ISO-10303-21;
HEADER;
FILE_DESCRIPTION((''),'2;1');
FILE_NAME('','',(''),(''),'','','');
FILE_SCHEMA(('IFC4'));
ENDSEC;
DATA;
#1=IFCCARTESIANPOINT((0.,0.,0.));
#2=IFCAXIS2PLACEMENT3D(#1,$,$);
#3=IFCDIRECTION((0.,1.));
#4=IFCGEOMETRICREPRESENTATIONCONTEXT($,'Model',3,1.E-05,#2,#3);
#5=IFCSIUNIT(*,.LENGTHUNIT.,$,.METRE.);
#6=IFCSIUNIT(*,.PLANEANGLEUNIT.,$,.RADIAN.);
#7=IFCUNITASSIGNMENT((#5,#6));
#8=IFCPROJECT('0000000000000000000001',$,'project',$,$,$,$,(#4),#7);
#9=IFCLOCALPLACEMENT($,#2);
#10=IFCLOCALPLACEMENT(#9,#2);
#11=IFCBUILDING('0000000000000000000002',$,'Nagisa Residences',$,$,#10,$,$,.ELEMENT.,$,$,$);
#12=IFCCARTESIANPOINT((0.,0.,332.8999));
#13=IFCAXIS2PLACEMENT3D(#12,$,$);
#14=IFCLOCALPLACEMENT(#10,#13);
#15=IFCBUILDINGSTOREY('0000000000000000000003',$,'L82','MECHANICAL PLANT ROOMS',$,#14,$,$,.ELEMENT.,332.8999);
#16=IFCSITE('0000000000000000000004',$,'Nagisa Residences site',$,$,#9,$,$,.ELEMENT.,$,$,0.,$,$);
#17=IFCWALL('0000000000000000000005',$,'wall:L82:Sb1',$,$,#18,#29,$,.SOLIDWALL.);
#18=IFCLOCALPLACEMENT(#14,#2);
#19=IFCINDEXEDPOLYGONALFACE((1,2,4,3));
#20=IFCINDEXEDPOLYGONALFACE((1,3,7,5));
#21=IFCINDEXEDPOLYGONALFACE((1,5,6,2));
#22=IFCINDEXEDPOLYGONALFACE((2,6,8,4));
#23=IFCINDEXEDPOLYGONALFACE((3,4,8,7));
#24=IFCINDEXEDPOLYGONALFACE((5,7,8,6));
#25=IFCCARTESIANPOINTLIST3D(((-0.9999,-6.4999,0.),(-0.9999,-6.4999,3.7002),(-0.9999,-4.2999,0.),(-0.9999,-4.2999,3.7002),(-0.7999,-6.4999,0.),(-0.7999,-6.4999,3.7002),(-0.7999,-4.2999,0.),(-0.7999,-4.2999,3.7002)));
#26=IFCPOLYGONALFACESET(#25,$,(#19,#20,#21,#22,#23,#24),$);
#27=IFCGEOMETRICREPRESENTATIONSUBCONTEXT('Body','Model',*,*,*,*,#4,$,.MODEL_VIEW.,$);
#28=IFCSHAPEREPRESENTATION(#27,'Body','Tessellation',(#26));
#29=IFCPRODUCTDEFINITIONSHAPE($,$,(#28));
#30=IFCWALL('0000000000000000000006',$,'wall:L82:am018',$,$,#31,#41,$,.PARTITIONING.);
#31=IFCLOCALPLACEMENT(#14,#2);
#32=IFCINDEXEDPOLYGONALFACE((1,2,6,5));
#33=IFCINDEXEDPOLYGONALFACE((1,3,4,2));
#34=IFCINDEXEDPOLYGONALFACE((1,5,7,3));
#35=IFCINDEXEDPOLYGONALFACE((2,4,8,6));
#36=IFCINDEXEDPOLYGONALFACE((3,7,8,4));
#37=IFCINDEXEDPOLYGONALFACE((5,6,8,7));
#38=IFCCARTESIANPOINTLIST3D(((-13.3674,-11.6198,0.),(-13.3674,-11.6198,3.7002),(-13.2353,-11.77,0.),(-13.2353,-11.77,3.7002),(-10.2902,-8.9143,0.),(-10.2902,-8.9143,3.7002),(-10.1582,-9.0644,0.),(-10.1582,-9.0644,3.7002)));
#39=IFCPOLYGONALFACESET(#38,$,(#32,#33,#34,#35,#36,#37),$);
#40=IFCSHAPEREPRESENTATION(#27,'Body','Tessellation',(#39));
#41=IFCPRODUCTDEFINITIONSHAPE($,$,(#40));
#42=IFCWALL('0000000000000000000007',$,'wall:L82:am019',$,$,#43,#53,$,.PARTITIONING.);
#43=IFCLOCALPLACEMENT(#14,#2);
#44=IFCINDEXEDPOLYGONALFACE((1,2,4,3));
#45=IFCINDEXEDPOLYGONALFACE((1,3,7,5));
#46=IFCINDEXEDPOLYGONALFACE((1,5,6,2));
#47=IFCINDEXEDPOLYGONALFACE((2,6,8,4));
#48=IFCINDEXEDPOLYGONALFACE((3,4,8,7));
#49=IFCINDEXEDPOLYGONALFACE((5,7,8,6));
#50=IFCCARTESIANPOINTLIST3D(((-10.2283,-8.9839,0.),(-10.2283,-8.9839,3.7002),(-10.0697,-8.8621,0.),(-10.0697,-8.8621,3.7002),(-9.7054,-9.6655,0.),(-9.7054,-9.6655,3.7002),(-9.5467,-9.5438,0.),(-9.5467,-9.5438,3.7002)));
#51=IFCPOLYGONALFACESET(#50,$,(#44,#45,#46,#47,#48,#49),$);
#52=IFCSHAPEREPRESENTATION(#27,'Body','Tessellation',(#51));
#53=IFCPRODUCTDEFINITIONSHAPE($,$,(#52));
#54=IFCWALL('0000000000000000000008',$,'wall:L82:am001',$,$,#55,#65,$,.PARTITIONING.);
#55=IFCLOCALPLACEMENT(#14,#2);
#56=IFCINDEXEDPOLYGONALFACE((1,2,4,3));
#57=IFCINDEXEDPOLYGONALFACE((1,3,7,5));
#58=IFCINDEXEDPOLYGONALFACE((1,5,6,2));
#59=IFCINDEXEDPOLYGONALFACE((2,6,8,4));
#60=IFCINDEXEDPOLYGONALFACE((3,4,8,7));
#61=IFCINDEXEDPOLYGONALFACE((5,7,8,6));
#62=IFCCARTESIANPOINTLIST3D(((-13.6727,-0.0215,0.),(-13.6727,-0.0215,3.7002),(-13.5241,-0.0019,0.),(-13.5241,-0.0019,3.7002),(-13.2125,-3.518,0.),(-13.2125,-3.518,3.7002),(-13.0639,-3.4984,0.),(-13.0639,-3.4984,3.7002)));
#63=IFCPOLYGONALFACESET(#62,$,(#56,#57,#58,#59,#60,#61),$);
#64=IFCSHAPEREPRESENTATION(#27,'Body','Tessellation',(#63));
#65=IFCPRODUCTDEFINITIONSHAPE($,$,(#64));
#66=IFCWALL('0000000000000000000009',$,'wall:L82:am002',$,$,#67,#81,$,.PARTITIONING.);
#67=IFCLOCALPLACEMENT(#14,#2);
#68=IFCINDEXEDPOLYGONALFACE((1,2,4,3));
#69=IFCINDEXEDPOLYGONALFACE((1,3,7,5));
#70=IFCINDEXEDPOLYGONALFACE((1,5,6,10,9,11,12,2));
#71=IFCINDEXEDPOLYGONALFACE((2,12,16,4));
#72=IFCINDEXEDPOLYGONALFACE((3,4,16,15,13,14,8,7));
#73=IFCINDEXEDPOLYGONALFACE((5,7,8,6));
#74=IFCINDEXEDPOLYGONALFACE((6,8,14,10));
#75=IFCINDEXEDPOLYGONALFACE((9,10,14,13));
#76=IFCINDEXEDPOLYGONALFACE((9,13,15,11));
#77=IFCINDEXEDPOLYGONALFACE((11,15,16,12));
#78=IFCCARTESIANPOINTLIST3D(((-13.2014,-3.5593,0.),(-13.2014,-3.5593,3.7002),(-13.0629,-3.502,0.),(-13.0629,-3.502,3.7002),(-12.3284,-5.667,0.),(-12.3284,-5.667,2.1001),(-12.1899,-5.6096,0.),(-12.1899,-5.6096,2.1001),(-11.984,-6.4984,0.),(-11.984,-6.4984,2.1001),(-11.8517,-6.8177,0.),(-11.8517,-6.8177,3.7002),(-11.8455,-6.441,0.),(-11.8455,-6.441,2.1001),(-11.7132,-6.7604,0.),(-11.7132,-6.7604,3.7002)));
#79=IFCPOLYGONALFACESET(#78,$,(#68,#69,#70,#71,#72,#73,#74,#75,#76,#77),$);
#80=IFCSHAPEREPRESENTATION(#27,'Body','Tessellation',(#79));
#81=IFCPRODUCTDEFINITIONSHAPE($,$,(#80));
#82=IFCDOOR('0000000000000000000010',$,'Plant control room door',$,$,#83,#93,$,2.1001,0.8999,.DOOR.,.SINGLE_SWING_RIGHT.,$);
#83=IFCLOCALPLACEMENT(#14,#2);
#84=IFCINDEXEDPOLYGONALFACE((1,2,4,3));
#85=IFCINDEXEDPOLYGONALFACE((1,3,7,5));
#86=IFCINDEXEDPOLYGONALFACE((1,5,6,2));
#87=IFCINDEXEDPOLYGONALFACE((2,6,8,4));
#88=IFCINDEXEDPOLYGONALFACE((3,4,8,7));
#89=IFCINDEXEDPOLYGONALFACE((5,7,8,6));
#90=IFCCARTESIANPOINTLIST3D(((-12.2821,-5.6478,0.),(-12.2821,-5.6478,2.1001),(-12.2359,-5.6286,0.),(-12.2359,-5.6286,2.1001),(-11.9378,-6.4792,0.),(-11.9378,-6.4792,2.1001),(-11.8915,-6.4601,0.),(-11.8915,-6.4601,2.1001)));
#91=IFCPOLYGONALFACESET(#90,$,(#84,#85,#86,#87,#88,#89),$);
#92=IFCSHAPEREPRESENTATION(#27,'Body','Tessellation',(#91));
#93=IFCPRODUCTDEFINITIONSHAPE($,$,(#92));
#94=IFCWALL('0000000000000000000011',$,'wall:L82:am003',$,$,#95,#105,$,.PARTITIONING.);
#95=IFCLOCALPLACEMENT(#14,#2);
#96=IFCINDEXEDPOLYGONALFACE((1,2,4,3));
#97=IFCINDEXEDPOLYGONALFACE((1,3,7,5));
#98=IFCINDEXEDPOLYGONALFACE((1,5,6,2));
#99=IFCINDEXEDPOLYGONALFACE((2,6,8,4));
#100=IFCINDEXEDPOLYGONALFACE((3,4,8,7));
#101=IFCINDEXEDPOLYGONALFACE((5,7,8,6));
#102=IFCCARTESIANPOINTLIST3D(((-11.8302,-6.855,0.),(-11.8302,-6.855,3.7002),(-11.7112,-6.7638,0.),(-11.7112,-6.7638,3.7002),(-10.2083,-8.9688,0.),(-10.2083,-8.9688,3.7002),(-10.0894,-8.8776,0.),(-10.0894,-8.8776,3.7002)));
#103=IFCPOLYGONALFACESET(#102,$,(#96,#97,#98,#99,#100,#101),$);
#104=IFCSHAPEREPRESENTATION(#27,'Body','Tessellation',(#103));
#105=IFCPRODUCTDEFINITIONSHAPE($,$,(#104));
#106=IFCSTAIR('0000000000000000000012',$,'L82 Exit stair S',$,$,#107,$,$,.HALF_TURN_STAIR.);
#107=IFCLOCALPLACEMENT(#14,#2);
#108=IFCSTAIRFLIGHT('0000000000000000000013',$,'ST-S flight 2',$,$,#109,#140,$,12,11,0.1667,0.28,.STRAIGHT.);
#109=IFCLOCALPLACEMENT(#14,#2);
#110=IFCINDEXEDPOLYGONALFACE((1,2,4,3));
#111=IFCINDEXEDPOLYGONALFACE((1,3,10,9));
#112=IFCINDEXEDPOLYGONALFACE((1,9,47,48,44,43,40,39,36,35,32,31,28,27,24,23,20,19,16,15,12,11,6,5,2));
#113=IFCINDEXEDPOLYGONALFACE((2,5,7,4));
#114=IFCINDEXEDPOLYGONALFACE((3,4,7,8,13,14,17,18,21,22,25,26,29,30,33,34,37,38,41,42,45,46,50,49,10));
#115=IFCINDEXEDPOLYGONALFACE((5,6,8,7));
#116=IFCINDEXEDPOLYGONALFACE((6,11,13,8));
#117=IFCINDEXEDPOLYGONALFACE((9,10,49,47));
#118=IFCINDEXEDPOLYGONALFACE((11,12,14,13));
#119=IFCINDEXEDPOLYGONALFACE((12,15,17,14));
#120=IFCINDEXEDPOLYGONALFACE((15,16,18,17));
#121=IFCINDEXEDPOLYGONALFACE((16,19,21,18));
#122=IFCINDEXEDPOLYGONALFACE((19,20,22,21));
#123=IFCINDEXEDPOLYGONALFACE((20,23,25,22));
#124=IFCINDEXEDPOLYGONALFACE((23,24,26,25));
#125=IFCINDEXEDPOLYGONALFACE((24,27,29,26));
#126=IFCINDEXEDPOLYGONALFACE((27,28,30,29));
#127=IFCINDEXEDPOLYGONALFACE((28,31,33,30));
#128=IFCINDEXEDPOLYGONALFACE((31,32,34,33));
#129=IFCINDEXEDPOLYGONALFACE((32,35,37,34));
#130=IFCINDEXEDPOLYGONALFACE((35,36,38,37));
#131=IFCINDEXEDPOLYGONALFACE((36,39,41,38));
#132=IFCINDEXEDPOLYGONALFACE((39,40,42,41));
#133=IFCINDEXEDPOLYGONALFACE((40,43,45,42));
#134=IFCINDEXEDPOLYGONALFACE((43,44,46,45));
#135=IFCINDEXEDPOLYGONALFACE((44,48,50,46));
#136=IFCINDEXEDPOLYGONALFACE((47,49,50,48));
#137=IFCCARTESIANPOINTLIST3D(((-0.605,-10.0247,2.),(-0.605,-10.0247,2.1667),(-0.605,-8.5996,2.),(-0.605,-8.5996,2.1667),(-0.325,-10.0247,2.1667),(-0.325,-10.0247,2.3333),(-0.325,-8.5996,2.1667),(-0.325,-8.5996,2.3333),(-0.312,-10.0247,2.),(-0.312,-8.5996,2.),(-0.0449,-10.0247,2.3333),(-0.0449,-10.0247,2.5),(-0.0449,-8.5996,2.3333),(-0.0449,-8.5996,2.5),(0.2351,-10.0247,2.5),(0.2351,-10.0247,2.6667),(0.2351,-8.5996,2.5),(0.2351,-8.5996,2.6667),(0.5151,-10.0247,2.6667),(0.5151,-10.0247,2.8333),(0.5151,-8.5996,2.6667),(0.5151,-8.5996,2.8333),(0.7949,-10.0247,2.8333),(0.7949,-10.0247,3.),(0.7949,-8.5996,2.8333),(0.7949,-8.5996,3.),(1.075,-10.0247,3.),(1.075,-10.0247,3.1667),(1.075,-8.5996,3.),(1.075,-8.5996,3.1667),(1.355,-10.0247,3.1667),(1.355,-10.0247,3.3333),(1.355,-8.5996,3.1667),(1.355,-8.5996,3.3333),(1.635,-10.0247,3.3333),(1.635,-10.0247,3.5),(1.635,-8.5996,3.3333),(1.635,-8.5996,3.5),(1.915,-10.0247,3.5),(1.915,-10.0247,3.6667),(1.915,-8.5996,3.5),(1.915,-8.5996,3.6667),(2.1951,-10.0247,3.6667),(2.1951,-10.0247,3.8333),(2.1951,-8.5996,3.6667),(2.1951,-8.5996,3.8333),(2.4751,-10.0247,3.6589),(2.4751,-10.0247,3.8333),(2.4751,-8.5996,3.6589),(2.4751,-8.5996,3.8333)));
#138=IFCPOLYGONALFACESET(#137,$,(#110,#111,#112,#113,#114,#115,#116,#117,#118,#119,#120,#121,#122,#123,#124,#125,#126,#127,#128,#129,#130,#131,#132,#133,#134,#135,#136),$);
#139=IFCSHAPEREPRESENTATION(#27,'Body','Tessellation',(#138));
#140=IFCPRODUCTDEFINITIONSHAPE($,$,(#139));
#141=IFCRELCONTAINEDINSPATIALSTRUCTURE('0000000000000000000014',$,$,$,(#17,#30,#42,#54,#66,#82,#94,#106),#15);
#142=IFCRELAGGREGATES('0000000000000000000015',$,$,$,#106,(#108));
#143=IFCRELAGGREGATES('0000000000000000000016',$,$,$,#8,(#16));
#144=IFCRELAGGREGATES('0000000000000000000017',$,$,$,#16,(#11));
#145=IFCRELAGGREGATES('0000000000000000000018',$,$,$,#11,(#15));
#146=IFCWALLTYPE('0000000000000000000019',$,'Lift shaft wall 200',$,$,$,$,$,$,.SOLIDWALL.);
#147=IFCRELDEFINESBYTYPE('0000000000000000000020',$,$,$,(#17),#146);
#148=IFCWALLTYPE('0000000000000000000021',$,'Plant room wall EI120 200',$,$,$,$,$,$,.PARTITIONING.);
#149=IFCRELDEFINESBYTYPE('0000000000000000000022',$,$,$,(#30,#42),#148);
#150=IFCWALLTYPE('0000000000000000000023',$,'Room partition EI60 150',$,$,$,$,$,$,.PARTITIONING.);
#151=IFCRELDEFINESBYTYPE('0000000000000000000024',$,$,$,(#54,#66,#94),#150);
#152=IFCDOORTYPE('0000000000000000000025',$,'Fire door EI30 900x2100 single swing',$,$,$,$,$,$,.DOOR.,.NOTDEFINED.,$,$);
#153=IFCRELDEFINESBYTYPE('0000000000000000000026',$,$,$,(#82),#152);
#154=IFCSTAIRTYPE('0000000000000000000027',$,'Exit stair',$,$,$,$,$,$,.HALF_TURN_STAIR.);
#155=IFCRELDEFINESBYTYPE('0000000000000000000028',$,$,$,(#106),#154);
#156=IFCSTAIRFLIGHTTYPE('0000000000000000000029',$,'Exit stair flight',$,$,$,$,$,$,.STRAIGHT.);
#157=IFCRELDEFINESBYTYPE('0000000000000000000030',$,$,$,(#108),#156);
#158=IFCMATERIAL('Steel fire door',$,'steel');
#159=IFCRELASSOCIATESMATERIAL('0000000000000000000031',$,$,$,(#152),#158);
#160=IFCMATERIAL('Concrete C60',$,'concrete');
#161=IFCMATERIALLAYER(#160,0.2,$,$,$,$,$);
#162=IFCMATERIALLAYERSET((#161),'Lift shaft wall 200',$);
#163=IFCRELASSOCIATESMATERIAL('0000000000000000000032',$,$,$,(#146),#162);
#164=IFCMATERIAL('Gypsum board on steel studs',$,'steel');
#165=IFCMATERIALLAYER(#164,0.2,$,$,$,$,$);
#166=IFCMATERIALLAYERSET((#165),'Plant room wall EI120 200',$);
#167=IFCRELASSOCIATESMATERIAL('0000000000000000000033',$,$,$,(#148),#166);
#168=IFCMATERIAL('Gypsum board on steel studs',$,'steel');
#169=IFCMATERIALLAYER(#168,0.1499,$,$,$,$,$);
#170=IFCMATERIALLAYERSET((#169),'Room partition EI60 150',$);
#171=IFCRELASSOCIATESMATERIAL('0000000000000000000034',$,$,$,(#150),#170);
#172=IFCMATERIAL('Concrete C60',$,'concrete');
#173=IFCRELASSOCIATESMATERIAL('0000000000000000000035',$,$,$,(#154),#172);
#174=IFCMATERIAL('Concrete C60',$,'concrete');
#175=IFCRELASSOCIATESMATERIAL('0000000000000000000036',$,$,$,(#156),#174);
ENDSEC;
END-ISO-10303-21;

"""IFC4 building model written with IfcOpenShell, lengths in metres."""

from ifc_helpers import new_model, si_unit, direction, frame, frame_2d, origin, place, context, subcontext, project, spatial, polyline, rectangle, outline, extrude, material, layer, layer_set, type_object, element, fill, aggregate, save


model = new_model("IFC4")

# Units and contexts
model_context = context("Model", 3, precision=1e-05, world=origin(), true_north=direction((0.0, 1.0)))
body_context = subcontext(model_context, "Body", "Model", "MODEL_VIEW")
ifc_project = project(units=[si_unit("LENGTHUNIT", "METRE"), si_unit("PLANEANGLEUNIT", "RADIAN")], contexts=[model_context])

# Site, building, storey
site_placement = place(None, origin())
site = spatial("IfcSite", under=ifc_project, at=site_placement, Name="Nagisa Residences site", CompositionType="ELEMENT", RefElevation=0.0)
building_placement = place(site_placement, origin())
building = spatial("IfcBuilding", under=site, at=building_placement, Name="Nagisa Residences", CompositionType="ELEMENT")
storey_placement = place(building_placement, frame((0.0, 0.0, 332.8999)))
storey = spatial("IfcBuildingStorey", under=building, at=storey_placement, Name="L82", Description="MECHANICAL PLANT ROOMS", CompositionType="ELEMENT", Elevation=332.8999)

# Shared definitions
ifc_material_1 = material(Name="Steel fire door", Category="steel")
door_type_1 = type_object("IfcDoorType", Name="Fire door EI30 900x2100 single swing", OperationType="NOTDEFINED", PredefinedType="DOOR", material=ifc_material_1)

# Shared definitions
ifc_material_2 = material(Name="Concrete C60", Category="concrete")
ifc_layer_1 = layer(ifc_material_2, 0.2)
ifc_layer_set_1 = layer_set([ifc_layer_1], Name="Lift shaft wall 200")
wall_type_1 = type_object("IfcWallType", Name="Lift shaft wall 200", PredefinedType="SOLIDWALL", material=ifc_layer_set_1)

# Walls
wall_1_placement = place(storey_placement, frame((-0.8999, -6.5, 0.0), z_axis=(0.0, 0.0, 1.0), x_axis=(0.0, 1.0, 0.0)))
element("IfcWall", 1, at=wall_1_placement, inside=storey, type_object=wall_type_1, Name="wall:L82:Sb1", PredefinedType="SOLIDWALL", context=body_context, shape_type="SweptSolid", body=[
    extrude(rectangle(XDim=2.2, YDim=0.2, at=frame_2d((1.1001, 0.0))), origin(), (0.0, 0.0, 1.0), 3.7002),
])
ifc_material_3 = material(Name="Gypsum board on steel studs", Category="steel")
ifc_layer_2 = layer(ifc_material_3, 0.2)
ifc_layer_set_2 = layer_set([ifc_layer_2], Name="Plant room wall EI120 200")
wall_type_2 = type_object("IfcWallType", Name="Plant room wall EI120 200", PredefinedType="PARTITIONING", material=ifc_layer_set_2)
wall_2_placement = place(storey_placement, frame((-10.2241, -8.9893, 0.0), z_axis=(0.0, 0.0, 1.0), x_axis=(-0.750995, -0.660308, 0.0)))
element("IfcWall", 2, at=wall_2_placement, inside=storey, type_object=wall_type_2, Name="wall:L82:am018", PredefinedType="PARTITIONING", context=body_context, shape_type="SweptSolid", body=[
    extrude(rectangle(XDim=4.0974, YDim=0.2, at=frame_2d((2.0488, 0.0))), origin(), (0.0, 0.0, 1.0), 3.7002),
])
wall_3_placement = place(storey_placement, frame((-9.626, -9.6047, 0.0), z_axis=(0.0, 0.0, 1.0), x_axis=(-0.608694, 0.793405, 0.0)))
element("IfcWall", 3, at=wall_3_placement, inside=storey, type_object=wall_type_2, Name="wall:L82:am019", PredefinedType="PARTITIONING", context=body_context, shape_type="SweptSolid", body=[
    extrude(rectangle(XDim=0.8591, YDim=0.2, at=frame_2d((0.4297, 0.0))), origin(), (0.0, 0.0, 1.0), 3.7002),
])
ifc_material_4 = material(Name="Gypsum board on steel studs", Category="steel")
ifc_layer_3 = layer(ifc_material_4, 0.1499)
ifc_layer_set_3 = layer_set([ifc_layer_3], Name="Room partition EI60 150")
wall_type_3 = type_object("IfcWallType", Name="Room partition EI60 150", PredefinedType="PARTITIONING", material=ifc_layer_set_3)
wall_4_placement = place(storey_placement, frame((-13.1382, -3.5081, 0.0), z_axis=(0.0, 0.0, 1.0), x_axis=(-0.130499, 0.991448, 0.0)))
element("IfcWall", 4, at=wall_4_placement, inside=storey, type_object=wall_type_3, Name="wall:L82:am001", PredefinedType="PARTITIONING", context=body_context, shape_type="SweptSolid", body=[
    extrude(rectangle(XDim=3.5266, YDim=0.1499, at=frame_2d((1.7632, 0.0))), origin(), (0.0, 0.0, 1.0), 3.7002),
])

# Wall, opening, door
wall_5_placement = place(storey_placement, frame((-11.7825, -6.7891, 0.0), z_axis=(0.0, 0.0, 1.0), x_axis=(-0.382678, 0.923882, 0.0)))
wall_5 = element("IfcWall", 5, at=wall_5_placement, inside=storey, type_object=wall_type_3, Name="wall:L82:am002", PredefinedType="PARTITIONING", context=body_context, shape_type="SweptSolid", body=[
    extrude(rectangle(XDim=3.5269, YDim=0.1499, at=frame_2d((1.7634, 0.0))), origin(), (0.0, 0.0, 1.0), 3.7002),
])
opening_1_placement = place(wall_5_placement, frame((0.3457, 0.0, 0.0)))
opening_1 = element("IfcOpeningElement", 6, at=opening_1_placement, cuts=wall_5, PredefinedType="OPENING", context=body_context, shape_type="SweptSolid", body=[
    extrude(rectangle(XDim=0.8999, YDim=2.1001, at=frame_2d((0.45, 1.05))), frame((0.0, 0.085, 0.0), z_axis=(0.0, -1.0, 0.0), x_axis=(1.0, 0.0, 0.0)), (0.0, 0.0, 1.0), 0.1699),
])
door_1_placement = place(opening_1_placement, origin())
door_1 = element("IfcDoor", 7, at=door_1_placement, inside=storey, type_object=door_type_1, Name="Plant control room door", OperationType="SINGLE_SWING_RIGHT", OverallHeight=2.1001, OverallWidth=0.8999, PredefinedType="DOOR", context=body_context, shape_type="SweptSolid", body=[
    extrude(rectangle(XDim=0.8999, YDim=2.1001, at=frame_2d((0.45, 1.05))), frame((0.0, 0.0249, 0.0), z_axis=(0.0, -1.0, 0.0), x_axis=(1.0, 0.0, 0.0)), (0.0, 0.0, 1.0), 0.05),
])
fill(opening_1, door_1)

# Wall
wall_6_placement = place(storey_placement, frame((-10.1489, -8.9231, 0.0), z_axis=(0.0, 0.0, 1.0), x_axis=(-0.608732, 0.793376, 0.0)))
element("IfcWall", 8, at=wall_6_placement, inside=storey, type_object=wall_type_3, Name="wall:L82:am003", PredefinedType="PARTITIONING", context=body_context, shape_type="SweptSolid", body=[
    extrude(rectangle(XDim=2.6643, YDim=0.1499, at=frame_2d((1.332, 0.0))), origin(), (0.0, 0.0, 1.0), 3.7002),
])

# Stair, stair flight
ifc_material_5 = material(Name="Concrete C60", Category="concrete")
stair_type = type_object("IfcStairType", Name="Exit stair", PredefinedType="HALF_TURN_STAIR", material=ifc_material_5)
stair_placement = place(storey_placement, origin())
stair = element("IfcStair", 9, at=stair_placement, inside=storey, type_object=stair_type, Name="L82 Exit stair S", PredefinedType="HALF_TURN_STAIR")
ifc_material_6 = material(Name="Concrete C60", Category="concrete")
stair_flight_type = type_object("IfcStairFlightType", Name="Exit stair flight", PredefinedType="STRAIGHT", material=ifc_material_6)
stair_flight_placement = place(storey_placement, frame((-0.605, -9.312, 2.0), z_axis=(0.0, 0.0, 1.0), x_axis=(1.0, 0.0, 0.0)))
stair_flight = element("IfcStairFlight", 10, at=stair_flight_placement, type_object=stair_flight_type, Name="ST-S flight 2", NumberOfRisers=12, NumberOfTreads=11, PredefinedType="STRAIGHT", RiserHeight=0.1667, TreadLength=0.28, context=body_context, shape_type="SweptSolid", body=[
    extrude(outline(polyline([(0.0, 0.0), (0.0, 0.1667), (0.28, 0.1667), (0.28, 0.3333), (0.5601, 0.3333), (0.5601, 0.5), (0.8401, 0.5), (0.8401, 0.6667), (1.1201, 0.6667), (1.1201, 0.8333), (1.3999, 0.8333), (1.3999, 1.0), (1.6799, 1.0), (1.6799, 1.1667), (1.96, 1.1667), (1.96, 1.3333), (2.24, 1.3333), (2.24, 1.5), (2.52, 1.5), (2.52, 1.6667), (2.8, 1.6667), (2.8, 1.8333), (3.0801, 1.8333), (3.0801, 2.0), (3.0801, 1.6589), (0.293, 0.0), (0.0, 0.0)])), frame((0.0, 0.7124, 0.0), z_axis=(0.0, -1.0, 0.0), x_axis=(1.0, 0.0, 0.0)), (0.0, 0.0, 1.0), 1.425),
])
aggregate(stair, [stair_flight])

save(model, "model.ifc")
